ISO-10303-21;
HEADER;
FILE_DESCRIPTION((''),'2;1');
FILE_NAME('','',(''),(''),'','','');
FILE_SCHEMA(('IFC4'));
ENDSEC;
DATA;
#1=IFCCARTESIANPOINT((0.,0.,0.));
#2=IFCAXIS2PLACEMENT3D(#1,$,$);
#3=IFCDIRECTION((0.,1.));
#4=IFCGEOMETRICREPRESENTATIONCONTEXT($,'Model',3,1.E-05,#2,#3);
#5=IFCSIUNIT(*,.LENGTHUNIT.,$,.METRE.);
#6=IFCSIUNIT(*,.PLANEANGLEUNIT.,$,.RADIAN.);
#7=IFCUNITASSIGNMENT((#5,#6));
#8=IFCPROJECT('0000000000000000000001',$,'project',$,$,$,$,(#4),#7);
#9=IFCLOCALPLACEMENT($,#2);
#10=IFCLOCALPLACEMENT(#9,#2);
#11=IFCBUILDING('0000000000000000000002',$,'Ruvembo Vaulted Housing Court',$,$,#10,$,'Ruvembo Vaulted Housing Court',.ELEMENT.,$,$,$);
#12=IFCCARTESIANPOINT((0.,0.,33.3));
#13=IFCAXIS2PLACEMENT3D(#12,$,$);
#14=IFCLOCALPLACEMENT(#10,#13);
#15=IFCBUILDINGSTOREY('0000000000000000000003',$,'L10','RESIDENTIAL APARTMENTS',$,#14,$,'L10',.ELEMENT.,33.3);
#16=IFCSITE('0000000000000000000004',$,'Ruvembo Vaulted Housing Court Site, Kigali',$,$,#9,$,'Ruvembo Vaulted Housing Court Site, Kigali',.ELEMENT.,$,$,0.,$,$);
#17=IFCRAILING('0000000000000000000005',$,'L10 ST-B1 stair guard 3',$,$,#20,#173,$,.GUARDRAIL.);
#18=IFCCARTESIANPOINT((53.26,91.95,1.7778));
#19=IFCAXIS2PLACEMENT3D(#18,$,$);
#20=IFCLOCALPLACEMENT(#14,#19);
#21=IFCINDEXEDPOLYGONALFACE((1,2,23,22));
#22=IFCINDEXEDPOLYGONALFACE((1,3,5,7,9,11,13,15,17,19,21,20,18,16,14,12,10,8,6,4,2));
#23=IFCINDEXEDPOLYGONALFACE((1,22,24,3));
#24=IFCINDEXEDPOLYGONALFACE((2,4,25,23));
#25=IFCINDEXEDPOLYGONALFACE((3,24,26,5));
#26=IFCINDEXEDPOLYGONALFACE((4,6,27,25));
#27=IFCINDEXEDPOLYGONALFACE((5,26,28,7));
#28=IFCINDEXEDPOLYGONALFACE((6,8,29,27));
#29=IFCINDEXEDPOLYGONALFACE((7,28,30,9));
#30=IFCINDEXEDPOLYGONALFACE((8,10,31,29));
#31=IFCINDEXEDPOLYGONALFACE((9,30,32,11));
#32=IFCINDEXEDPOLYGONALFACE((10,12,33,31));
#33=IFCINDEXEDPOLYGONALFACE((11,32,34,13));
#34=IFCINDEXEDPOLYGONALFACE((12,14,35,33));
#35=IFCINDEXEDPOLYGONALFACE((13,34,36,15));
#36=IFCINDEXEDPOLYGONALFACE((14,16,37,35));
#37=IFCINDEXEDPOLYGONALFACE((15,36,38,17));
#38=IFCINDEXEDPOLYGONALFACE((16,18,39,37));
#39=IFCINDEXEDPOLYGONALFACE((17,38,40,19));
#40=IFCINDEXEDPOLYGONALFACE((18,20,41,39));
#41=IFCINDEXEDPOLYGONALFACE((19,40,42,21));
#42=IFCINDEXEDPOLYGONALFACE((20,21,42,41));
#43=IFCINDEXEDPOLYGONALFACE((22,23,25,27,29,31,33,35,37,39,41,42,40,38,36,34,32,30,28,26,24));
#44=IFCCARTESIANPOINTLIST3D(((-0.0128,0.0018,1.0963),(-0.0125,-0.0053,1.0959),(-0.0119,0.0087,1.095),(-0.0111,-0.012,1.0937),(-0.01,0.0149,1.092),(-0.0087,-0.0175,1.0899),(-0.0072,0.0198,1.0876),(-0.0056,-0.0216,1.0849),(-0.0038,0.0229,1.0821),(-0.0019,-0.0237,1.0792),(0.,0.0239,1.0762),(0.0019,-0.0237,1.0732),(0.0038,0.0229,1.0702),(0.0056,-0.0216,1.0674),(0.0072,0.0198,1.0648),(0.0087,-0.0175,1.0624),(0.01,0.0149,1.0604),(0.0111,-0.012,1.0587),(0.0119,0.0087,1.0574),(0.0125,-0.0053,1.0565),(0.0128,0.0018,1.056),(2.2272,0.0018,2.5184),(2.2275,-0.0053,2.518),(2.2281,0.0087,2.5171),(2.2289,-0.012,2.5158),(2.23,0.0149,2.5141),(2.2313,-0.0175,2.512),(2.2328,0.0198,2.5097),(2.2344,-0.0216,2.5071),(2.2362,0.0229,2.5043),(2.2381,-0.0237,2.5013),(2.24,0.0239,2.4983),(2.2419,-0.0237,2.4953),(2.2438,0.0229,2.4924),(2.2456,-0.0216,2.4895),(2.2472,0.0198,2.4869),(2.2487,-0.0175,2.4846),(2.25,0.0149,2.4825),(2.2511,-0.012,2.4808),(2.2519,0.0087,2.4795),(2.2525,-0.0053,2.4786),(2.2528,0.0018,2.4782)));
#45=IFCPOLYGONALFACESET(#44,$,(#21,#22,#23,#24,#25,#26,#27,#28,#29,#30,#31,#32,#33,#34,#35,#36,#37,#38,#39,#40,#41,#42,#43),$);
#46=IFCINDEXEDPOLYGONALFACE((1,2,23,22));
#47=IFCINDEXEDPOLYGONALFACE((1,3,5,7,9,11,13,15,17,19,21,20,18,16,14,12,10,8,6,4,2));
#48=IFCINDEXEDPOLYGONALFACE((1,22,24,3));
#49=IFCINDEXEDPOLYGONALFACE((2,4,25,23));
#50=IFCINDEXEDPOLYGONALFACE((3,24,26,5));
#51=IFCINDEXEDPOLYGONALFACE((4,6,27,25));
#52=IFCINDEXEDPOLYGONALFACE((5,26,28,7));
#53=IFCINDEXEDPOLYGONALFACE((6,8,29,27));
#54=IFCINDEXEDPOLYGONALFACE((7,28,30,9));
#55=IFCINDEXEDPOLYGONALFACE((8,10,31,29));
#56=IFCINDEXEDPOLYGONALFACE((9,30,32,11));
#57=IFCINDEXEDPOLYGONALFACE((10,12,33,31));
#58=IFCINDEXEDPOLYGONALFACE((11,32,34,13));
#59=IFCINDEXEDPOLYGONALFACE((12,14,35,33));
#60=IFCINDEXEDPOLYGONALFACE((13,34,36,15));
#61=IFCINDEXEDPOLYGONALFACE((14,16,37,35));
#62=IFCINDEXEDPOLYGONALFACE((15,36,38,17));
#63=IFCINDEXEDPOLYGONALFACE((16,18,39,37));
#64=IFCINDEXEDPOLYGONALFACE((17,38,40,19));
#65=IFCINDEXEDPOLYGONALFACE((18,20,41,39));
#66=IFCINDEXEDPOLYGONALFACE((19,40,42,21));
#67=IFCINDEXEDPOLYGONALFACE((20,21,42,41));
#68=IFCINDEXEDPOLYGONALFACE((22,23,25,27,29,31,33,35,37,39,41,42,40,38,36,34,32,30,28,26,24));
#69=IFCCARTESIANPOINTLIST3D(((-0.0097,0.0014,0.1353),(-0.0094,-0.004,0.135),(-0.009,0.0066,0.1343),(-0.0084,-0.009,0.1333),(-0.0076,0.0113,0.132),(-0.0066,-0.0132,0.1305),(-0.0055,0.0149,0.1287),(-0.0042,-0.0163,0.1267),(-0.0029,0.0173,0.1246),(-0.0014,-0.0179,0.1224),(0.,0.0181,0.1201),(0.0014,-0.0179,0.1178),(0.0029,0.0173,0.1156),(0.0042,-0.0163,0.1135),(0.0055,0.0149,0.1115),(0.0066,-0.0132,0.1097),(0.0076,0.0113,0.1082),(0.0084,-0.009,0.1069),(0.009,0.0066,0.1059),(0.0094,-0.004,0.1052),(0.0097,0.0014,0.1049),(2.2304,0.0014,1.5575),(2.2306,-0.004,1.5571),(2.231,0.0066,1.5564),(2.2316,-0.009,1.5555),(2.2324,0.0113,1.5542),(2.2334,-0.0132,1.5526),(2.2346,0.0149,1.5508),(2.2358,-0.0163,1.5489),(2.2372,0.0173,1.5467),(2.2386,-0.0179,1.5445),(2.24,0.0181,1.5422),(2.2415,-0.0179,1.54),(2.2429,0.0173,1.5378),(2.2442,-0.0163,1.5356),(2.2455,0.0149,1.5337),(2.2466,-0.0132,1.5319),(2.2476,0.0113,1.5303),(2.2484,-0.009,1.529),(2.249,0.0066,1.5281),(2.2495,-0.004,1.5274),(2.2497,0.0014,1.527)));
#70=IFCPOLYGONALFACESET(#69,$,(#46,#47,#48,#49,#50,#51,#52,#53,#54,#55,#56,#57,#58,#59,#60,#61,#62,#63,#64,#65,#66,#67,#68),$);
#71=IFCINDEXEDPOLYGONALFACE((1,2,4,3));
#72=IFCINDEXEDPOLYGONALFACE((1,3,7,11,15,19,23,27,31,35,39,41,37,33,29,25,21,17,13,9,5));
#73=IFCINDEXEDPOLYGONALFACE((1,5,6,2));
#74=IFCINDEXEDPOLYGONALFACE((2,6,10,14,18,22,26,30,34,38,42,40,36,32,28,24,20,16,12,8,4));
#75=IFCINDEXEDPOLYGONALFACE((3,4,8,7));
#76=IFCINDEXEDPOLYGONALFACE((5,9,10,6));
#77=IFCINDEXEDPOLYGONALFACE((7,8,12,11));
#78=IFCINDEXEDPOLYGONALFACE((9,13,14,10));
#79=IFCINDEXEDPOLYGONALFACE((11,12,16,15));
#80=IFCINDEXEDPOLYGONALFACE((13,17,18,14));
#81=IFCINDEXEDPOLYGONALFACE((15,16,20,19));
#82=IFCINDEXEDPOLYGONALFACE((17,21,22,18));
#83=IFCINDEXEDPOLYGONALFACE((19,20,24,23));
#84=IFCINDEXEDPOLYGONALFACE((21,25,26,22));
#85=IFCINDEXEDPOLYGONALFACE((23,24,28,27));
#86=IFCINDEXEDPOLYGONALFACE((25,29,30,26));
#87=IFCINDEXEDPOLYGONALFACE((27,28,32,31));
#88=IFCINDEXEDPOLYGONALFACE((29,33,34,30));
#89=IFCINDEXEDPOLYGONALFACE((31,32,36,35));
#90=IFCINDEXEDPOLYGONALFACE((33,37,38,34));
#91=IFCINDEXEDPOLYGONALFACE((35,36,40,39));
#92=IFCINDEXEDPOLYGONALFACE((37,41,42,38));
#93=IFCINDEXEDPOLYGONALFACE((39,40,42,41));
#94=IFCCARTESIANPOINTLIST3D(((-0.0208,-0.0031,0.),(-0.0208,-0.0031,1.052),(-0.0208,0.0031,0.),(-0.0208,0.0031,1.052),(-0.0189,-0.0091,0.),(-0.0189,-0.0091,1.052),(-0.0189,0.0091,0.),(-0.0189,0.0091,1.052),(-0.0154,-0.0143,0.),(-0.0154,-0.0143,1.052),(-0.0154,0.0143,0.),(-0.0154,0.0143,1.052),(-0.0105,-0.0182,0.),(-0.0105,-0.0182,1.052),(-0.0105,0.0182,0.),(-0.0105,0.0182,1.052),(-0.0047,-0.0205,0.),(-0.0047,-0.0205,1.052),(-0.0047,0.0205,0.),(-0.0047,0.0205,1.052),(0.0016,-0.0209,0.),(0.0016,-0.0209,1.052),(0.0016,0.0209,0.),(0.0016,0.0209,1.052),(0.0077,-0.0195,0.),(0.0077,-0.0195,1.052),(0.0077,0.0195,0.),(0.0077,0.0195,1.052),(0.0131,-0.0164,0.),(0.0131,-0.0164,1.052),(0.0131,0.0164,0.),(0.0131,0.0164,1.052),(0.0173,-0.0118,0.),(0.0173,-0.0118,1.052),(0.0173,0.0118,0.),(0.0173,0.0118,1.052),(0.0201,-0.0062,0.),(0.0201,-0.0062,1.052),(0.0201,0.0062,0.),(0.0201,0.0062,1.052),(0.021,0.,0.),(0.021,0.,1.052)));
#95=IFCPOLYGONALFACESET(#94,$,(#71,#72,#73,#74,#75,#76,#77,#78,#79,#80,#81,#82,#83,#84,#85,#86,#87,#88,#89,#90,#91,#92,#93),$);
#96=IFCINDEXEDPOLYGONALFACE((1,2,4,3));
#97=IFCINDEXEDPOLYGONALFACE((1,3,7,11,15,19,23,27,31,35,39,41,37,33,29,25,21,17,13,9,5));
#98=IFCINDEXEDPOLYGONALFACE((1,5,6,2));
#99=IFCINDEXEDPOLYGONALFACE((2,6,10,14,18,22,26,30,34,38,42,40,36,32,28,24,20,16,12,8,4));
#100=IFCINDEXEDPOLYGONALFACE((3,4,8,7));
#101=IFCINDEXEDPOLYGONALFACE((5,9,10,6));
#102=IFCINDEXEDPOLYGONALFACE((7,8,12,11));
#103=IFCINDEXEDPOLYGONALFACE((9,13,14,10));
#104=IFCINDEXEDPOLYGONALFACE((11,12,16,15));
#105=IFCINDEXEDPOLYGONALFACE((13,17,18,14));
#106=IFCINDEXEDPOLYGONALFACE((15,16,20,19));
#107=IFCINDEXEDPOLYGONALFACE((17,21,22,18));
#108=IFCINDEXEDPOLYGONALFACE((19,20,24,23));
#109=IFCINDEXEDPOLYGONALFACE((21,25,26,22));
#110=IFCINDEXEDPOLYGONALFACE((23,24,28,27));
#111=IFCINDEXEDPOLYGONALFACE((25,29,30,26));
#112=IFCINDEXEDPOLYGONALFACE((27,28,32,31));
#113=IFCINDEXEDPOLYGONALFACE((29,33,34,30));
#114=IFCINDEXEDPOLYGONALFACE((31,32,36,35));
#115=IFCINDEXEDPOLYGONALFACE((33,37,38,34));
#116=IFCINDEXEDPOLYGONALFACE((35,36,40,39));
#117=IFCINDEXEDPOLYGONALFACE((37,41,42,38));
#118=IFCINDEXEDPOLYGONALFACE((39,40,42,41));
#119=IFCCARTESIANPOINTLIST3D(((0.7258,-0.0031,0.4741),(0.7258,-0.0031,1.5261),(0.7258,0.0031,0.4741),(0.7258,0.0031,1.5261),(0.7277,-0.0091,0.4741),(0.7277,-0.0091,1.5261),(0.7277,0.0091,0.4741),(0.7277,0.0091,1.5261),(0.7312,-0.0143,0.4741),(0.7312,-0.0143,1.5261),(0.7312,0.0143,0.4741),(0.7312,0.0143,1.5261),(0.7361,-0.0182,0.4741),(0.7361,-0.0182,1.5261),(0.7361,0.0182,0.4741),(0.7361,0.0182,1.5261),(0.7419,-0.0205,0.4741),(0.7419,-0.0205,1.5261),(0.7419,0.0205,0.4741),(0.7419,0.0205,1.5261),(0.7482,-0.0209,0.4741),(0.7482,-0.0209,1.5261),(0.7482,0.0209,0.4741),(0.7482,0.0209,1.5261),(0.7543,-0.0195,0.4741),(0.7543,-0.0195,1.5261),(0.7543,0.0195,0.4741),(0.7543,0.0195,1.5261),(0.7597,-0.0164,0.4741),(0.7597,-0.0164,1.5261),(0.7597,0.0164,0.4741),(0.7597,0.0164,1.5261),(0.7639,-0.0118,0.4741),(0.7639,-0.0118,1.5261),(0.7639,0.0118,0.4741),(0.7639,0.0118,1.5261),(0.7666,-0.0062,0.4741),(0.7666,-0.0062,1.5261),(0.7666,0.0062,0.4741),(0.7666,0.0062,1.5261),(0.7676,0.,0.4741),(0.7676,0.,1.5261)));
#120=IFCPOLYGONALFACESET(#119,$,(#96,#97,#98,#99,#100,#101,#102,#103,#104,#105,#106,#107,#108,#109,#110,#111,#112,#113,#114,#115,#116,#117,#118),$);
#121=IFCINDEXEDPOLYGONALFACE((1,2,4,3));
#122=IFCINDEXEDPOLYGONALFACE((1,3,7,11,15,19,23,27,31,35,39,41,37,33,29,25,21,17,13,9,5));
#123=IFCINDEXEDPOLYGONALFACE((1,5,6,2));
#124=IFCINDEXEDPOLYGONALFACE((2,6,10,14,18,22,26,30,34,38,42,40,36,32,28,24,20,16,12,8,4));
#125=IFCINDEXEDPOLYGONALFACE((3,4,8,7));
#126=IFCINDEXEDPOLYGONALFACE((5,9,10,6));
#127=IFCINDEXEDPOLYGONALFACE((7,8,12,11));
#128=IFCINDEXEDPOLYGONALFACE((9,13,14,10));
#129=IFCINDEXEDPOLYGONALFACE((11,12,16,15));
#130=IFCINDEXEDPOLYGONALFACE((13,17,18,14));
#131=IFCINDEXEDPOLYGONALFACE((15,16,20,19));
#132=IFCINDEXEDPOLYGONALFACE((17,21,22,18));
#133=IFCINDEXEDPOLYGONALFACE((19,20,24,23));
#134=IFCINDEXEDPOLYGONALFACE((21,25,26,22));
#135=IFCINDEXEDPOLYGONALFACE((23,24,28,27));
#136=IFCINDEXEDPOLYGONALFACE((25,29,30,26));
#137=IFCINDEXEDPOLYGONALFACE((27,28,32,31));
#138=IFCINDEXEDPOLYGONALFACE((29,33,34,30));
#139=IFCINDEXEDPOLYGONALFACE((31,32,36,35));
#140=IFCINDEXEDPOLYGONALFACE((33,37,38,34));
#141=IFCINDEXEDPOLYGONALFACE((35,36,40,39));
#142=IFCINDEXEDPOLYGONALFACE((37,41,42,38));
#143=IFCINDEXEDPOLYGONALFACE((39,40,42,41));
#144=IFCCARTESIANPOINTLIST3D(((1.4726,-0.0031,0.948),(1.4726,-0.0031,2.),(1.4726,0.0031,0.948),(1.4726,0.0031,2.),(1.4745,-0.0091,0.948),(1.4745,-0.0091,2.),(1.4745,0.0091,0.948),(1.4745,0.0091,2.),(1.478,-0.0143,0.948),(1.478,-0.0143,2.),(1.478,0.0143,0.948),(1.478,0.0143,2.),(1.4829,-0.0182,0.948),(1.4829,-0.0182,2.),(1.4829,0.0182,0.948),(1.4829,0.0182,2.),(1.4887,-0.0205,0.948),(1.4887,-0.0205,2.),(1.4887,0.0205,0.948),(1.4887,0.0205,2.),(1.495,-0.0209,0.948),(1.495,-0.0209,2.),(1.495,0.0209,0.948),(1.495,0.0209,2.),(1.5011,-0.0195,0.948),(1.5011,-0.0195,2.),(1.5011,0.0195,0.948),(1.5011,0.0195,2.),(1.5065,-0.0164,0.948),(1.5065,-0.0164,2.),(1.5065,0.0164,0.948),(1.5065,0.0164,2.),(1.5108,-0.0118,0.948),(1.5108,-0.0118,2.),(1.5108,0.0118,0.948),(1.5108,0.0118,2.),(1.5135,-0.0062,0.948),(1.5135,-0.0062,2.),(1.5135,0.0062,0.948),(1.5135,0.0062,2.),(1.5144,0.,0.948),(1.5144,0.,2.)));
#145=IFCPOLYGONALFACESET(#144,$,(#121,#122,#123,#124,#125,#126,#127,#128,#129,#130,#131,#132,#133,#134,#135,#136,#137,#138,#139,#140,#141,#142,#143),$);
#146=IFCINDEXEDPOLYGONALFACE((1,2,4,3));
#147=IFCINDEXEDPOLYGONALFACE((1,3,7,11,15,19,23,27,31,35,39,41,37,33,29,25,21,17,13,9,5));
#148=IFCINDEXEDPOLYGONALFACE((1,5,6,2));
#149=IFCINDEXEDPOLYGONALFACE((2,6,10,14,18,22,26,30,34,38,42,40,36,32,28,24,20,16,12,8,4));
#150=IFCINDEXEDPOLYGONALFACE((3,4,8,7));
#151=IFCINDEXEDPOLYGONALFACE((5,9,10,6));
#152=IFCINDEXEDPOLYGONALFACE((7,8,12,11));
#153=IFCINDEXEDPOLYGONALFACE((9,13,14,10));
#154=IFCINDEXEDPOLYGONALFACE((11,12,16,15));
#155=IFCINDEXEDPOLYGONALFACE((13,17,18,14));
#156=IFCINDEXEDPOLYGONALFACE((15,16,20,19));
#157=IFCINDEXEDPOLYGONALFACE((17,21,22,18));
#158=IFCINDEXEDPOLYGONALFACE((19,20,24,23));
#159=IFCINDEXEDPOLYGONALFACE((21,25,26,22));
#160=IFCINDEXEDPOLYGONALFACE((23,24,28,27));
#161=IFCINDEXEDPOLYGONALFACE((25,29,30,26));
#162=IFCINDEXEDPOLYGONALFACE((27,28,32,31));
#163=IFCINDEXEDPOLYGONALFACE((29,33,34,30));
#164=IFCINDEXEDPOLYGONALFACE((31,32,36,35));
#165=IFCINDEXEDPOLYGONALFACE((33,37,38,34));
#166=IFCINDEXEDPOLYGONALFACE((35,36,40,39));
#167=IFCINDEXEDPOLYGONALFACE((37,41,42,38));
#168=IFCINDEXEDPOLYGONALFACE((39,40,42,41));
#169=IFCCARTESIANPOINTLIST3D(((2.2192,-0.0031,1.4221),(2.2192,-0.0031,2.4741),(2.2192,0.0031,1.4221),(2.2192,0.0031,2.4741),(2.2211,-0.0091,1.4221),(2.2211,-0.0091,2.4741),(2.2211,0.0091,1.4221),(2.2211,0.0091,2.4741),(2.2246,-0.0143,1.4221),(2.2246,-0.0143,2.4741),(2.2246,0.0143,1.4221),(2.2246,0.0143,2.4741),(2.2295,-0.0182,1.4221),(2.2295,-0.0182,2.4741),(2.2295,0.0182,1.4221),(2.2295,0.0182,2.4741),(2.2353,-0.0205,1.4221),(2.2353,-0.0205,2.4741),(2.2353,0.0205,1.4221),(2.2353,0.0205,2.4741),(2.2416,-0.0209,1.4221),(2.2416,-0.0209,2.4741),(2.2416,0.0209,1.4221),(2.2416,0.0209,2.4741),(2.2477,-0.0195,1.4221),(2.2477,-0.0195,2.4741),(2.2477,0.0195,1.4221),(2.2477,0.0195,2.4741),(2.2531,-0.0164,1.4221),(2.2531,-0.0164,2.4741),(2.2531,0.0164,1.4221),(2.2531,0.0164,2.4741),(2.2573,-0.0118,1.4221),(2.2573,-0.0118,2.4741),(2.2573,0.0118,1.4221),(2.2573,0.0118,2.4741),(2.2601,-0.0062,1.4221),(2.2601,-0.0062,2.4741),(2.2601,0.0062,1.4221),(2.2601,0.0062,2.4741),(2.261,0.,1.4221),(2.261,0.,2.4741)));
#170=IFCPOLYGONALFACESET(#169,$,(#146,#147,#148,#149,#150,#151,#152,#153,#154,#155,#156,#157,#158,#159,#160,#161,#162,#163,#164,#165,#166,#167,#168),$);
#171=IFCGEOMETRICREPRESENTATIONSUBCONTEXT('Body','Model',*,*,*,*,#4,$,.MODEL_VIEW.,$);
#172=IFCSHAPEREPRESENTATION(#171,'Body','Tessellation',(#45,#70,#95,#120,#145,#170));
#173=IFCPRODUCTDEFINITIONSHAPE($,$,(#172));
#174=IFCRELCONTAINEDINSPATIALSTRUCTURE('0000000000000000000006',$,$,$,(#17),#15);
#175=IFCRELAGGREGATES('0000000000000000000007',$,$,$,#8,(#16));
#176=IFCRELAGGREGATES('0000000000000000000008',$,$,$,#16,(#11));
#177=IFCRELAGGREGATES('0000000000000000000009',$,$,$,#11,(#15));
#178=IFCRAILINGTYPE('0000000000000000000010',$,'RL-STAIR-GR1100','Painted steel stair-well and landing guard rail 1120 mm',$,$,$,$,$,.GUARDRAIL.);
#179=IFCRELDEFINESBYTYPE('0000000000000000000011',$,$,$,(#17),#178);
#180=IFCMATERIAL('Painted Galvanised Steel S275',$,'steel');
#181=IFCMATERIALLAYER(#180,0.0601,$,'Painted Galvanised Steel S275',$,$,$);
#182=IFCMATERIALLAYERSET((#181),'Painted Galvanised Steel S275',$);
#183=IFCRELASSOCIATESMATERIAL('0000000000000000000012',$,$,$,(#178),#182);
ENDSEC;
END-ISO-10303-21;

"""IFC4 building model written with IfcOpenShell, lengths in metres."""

from ifc_helpers import new_model, si_unit, direction, frame, origin, origin_2d, place, context, subcontext, project, spatial, circle, extrude, material, layer, layer_set, type_object, element, save


model = new_model("IFC4")

# Units and contexts
model_context = context("Model", 3, precision=1e-05, world=origin(), true_north=direction((0.0, 1.0)))
body_context = subcontext(model_context, "Body", "Model", "MODEL_VIEW")
ifc_project = project(units=[si_unit("LENGTHUNIT", "METRE"), si_unit("PLANEANGLEUNIT", "RADIAN")], contexts=[model_context])

# Site, building, storey
site_placement = place(None, origin())
site = spatial("IfcSite", under=ifc_project, at=site_placement, Name="Ruvembo Vaulted Housing Court Site, Kigali", LongName="Ruvembo Vaulted Housing Court Site, Kigali", CompositionType="ELEMENT", RefElevation=0.0)
building_placement = place(site_placement, origin())
building = spatial("IfcBuilding", under=site, at=building_placement, Name="Ruvembo Vaulted Housing Court", LongName="Ruvembo Vaulted Housing Court", CompositionType="ELEMENT")
storey_placement = place(building_placement, frame((0.0, 0.0, 33.3)))
storey = spatial("IfcBuildingStorey", under=building, at=storey_placement, Name="L10", Description="RESIDENTIAL APARTMENTS", LongName="L10", CompositionType="ELEMENT", Elevation=33.3)

# Railing
ifc_material_1 = material(Name="Painted Galvanised Steel S275", Category="steel")
ifc_layer_1 = layer(ifc_material_1, 0.0601, Name="Painted Galvanised Steel S275")
ifc_layer_set_1 = layer_set([ifc_layer_1], Name="Painted Galvanised Steel S275")
railing_type_1 = type_object("IfcRailingType", Name="RL-STAIR-GR1100", Description="Painted steel stair-well and landing guard rail 1120 mm", PredefinedType="GUARDRAIL", material=ifc_layer_set_1)
railing_1_placement = place(storey_placement, frame((53.26, 91.95, 1.7778)))
element("IfcRailing", 1, at=railing_1_placement, inside=storey, type_object=railing_type_1, Name="L10 ST-B1 stair guard 3", PredefinedType="GUARDRAIL", context=body_context, shape_type="SweptSolid", body=[
    extrude(circle(Radius=0.0239, at=origin_2d()), frame((0.0, 0.0, 1.0762), z_axis=(0.844229, 0.0, 0.535982), x_axis=(0.0, 1.0, 0.0)), (0.0, 0.0, 1.0), 2.6533),
    extrude(circle(Radius=0.0181, at=origin_2d()), frame((0.0, 0.0, 0.1201), z_axis=(0.844229, 0.0, 0.535982), x_axis=(0.0, 1.0, 0.0)), (0.0, 0.0, 1.0), 2.6533),
    extrude(circle(Radius=0.021, at=origin_2d()), origin(), (0.0, 0.0, 1.0), 1.052),
    extrude(circle(Radius=0.021, at=origin_2d()), frame((0.7466, 0.0, 0.4741)), (0.0, 0.0, 1.0), 1.052),
    extrude(circle(Radius=0.021, at=origin_2d()), frame((1.4934, 0.0, 0.948)), (0.0, 0.0, 1.0), 1.052),
    extrude(circle(Radius=0.021, at=origin_2d()), frame((2.24, 0.0, 1.4221)), (0.0, 0.0, 1.0), 1.052),
])

save(model, "model.ifc")
